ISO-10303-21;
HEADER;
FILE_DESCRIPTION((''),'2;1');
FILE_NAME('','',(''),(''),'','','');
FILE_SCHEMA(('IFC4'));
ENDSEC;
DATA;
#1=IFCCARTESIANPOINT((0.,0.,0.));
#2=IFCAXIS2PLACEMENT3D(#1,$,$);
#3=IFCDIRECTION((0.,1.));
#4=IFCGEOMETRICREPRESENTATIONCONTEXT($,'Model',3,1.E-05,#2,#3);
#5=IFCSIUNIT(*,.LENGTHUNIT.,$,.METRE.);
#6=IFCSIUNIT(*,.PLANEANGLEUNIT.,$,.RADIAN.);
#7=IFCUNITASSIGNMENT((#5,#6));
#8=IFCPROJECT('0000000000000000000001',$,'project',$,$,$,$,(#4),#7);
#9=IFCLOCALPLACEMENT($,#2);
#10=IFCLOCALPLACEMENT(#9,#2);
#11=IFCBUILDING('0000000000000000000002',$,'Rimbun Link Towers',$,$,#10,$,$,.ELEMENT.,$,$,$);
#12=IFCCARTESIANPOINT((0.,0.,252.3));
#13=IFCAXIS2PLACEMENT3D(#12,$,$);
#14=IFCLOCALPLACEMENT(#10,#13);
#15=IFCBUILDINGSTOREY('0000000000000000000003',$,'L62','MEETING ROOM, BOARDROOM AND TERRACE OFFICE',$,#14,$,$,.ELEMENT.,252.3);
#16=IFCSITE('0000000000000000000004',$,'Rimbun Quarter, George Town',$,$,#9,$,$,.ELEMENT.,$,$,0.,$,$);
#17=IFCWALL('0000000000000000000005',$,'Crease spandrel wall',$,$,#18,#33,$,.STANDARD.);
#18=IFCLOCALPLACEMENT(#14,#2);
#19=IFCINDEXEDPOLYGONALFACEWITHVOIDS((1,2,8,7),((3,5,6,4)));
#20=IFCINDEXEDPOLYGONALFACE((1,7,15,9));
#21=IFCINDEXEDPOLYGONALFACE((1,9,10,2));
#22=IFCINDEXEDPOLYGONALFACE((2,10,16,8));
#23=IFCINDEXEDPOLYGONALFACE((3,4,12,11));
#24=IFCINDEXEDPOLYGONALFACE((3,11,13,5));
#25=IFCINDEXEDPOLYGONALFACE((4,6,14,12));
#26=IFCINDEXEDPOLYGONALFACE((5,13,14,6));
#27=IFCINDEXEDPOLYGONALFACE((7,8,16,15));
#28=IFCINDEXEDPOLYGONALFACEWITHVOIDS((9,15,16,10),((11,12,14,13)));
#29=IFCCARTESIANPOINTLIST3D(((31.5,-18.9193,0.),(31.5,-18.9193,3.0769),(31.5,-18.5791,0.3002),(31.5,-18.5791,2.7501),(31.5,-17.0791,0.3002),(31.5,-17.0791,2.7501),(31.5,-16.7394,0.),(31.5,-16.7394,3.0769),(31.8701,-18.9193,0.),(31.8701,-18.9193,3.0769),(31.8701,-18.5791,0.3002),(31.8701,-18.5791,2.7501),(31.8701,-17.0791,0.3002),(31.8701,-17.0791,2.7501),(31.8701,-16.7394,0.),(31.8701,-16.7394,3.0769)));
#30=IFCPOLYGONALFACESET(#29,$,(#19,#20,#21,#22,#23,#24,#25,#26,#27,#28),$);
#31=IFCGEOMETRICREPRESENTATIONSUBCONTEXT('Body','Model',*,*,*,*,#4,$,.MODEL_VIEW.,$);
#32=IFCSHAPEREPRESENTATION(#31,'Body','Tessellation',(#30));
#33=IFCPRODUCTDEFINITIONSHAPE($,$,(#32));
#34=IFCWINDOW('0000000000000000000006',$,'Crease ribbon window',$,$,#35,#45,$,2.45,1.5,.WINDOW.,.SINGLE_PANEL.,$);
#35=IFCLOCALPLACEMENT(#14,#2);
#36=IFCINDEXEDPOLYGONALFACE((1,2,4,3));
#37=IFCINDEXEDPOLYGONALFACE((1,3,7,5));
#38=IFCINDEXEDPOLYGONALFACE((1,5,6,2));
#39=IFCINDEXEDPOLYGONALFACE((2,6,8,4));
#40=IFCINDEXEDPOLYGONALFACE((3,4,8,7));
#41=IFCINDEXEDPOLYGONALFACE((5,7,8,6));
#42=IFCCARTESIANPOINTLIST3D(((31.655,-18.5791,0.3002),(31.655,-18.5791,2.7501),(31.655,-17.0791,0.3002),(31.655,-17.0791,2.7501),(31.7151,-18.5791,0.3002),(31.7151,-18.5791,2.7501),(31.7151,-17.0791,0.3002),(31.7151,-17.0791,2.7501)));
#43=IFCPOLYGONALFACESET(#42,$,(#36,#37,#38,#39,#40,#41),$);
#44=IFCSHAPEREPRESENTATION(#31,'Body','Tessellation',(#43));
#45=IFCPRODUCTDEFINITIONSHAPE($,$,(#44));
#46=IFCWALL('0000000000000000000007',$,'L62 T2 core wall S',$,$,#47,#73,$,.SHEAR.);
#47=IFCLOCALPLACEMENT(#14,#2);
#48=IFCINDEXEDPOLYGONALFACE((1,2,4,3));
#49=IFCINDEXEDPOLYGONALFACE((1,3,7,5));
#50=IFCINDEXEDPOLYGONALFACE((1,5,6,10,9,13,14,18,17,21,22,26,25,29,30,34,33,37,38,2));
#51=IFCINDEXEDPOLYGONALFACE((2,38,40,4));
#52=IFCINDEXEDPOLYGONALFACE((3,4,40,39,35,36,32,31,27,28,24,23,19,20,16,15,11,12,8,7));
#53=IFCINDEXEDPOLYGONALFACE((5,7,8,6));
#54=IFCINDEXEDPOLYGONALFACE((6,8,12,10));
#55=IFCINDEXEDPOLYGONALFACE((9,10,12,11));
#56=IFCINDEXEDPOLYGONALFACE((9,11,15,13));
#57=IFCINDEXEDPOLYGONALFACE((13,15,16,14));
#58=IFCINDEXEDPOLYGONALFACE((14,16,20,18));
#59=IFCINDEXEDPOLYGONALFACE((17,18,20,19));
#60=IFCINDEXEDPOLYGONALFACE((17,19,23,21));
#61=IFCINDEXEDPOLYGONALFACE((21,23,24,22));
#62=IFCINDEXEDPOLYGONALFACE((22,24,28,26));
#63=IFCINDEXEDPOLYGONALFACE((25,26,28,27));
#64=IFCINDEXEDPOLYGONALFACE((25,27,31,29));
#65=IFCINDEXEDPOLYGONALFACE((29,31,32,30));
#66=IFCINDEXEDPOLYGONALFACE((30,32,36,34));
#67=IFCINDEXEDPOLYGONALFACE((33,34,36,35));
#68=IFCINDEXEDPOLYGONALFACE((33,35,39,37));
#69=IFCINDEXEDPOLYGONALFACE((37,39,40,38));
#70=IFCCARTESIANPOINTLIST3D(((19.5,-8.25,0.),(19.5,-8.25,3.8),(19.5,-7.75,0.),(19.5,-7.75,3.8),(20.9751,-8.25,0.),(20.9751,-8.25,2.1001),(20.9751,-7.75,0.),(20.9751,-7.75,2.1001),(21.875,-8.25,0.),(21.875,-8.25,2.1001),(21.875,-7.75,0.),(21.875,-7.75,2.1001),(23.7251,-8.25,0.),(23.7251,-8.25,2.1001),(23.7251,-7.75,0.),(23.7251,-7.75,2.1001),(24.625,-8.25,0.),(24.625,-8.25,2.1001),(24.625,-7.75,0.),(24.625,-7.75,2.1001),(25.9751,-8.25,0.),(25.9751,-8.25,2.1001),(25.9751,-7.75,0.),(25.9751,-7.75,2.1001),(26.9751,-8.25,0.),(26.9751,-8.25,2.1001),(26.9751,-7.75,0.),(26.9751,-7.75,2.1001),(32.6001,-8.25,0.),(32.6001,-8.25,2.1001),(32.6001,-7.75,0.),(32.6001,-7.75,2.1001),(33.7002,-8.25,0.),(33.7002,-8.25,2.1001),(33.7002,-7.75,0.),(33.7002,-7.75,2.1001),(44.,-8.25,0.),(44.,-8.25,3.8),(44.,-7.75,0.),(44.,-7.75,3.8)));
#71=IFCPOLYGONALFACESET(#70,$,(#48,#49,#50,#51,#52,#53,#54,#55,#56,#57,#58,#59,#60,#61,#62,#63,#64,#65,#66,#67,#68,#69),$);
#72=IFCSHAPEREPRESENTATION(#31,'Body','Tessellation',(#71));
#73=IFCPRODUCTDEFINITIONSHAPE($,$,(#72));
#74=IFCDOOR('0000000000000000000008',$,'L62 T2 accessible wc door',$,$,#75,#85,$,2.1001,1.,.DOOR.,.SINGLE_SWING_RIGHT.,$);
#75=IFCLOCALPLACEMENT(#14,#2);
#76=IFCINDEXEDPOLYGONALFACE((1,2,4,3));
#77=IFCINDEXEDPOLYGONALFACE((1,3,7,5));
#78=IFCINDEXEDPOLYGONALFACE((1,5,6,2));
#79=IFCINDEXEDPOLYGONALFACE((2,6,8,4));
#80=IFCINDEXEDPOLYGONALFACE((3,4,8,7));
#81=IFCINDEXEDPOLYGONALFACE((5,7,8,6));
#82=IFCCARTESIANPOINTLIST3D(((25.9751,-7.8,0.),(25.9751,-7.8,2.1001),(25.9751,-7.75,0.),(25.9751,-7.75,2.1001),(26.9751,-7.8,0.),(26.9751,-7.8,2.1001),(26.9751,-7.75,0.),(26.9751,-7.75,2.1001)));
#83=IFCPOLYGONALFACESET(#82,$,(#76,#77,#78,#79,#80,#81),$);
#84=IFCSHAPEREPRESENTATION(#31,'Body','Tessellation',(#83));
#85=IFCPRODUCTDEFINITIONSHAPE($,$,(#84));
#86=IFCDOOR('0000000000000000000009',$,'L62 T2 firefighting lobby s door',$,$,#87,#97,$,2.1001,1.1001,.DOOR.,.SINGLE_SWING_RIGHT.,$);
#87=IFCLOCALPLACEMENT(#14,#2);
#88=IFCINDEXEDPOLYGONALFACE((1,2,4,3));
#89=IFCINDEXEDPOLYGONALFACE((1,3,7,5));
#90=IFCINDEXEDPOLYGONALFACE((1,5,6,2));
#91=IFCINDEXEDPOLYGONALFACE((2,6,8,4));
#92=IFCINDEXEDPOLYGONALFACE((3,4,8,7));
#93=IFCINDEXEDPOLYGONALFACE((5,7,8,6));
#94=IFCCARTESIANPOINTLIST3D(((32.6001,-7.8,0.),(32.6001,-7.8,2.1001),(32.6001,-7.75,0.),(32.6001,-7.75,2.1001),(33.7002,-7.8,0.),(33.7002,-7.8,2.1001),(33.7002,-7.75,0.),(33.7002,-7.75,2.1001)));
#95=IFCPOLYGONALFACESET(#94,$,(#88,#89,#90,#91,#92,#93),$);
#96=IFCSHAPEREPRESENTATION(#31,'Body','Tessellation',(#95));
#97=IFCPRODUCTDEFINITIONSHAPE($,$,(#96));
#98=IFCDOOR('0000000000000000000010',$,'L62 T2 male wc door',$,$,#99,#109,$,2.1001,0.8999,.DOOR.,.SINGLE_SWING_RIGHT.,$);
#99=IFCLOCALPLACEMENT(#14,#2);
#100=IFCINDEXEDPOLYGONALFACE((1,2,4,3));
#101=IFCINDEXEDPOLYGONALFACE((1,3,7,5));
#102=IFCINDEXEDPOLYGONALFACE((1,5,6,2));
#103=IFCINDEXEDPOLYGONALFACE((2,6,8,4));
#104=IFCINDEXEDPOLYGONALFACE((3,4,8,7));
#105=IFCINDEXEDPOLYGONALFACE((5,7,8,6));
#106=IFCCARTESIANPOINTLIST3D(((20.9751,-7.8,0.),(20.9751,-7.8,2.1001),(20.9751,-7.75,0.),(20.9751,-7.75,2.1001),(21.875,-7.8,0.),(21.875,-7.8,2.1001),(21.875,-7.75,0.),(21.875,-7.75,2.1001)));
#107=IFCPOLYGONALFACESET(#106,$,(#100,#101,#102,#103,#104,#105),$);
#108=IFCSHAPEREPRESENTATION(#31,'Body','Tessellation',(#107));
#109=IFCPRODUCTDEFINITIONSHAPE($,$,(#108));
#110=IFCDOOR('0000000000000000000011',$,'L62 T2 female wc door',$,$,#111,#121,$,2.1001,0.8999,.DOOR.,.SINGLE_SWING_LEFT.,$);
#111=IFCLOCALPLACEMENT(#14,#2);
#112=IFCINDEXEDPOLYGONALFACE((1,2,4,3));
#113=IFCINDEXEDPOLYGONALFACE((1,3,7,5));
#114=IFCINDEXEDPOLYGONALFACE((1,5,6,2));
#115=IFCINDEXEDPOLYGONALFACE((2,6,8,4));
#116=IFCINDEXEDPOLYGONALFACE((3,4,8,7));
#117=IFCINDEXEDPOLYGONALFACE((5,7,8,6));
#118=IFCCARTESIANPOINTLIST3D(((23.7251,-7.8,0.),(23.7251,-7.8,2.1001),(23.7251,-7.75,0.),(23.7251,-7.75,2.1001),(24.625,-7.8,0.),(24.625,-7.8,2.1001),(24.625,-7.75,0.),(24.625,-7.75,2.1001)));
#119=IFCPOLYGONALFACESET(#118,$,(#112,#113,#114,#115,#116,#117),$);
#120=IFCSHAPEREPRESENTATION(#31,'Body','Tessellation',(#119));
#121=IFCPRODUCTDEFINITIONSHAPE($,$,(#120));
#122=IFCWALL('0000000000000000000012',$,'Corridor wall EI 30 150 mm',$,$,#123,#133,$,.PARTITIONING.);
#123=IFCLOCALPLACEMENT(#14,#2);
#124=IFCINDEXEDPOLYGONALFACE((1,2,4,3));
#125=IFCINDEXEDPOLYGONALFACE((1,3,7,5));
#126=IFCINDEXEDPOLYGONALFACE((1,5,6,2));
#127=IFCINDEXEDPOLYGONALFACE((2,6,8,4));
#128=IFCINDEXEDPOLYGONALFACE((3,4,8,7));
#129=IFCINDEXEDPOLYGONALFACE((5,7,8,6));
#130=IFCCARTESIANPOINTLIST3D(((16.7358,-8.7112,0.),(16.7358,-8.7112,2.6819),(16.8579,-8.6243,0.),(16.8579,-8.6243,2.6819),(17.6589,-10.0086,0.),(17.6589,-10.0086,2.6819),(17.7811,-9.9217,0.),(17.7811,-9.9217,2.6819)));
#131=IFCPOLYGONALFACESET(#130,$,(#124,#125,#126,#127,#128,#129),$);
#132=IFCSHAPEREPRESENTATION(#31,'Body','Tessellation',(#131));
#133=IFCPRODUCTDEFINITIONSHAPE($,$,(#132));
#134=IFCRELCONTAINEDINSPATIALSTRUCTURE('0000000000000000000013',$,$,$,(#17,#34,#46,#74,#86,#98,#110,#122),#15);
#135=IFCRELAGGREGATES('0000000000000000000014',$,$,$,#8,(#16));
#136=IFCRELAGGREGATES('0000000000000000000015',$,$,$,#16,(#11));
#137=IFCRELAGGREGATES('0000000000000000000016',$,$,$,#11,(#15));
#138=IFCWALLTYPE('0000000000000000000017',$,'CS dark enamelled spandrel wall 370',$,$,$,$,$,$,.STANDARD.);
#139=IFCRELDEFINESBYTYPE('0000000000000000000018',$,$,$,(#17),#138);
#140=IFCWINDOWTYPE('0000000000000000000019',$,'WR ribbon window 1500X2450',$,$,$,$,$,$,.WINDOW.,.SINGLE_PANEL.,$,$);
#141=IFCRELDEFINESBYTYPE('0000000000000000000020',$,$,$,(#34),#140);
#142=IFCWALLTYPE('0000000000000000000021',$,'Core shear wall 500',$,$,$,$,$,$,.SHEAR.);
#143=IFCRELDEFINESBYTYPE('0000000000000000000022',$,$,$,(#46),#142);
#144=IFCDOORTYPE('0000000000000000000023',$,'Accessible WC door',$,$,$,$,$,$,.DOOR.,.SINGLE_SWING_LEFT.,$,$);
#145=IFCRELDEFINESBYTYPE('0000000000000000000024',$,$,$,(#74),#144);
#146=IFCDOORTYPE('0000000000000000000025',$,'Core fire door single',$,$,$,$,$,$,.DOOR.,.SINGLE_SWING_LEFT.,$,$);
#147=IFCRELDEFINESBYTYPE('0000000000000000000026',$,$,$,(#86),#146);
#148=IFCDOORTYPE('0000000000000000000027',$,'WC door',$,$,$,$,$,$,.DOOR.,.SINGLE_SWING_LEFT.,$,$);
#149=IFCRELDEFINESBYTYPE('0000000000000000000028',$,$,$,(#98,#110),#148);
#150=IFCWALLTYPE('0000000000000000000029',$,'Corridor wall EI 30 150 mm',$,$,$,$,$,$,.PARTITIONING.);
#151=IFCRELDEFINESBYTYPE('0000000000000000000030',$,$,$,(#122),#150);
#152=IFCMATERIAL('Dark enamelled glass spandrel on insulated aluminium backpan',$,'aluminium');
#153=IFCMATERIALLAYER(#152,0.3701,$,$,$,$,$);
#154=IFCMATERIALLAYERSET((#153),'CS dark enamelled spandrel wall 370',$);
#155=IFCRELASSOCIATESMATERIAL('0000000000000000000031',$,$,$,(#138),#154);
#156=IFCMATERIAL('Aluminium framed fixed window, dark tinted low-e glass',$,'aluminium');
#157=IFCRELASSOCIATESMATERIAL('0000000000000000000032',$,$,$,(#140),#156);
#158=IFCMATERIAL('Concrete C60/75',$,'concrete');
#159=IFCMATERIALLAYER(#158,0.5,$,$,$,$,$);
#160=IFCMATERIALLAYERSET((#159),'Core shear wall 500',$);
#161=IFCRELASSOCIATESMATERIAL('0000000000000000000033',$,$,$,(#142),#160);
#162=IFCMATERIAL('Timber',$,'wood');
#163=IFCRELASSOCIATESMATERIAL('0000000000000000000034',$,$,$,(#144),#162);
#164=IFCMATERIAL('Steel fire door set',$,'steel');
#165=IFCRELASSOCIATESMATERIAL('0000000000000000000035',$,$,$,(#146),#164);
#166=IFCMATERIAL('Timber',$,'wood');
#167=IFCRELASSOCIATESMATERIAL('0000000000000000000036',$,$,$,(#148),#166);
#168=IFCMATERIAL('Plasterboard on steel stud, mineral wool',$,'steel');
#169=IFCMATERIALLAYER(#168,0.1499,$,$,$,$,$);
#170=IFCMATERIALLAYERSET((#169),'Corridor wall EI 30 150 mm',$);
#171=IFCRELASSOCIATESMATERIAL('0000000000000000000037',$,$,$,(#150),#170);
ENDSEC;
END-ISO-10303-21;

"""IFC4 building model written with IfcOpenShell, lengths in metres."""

from ifc_helpers import new_model, si_unit, direction, frame, frame_2d, origin, place, context, subcontext, project, spatial, rectangle, extrude, material, layer, layer_set, type_object, element, fill, save


model = new_model("IFC4")

# Units and contexts
model_context = context("Model", 3, precision=1e-05, world=origin(), true_north=direction((0.0, 1.0)))
body_context = subcontext(model_context, "Body", "Model", "MODEL_VIEW")
ifc_project = project(units=[si_unit("LENGTHUNIT", "METRE"), si_unit("PLANEANGLEUNIT", "RADIAN")], contexts=[model_context])

# Site, building, storey
site_placement = place(None, origin())
site = spatial("IfcSite", under=ifc_project, at=site_placement, Name="Rimbun Quarter, George Town", CompositionType="ELEMENT", RefElevation=0.0)
building_placement = place(site_placement, origin())
building = spatial("IfcBuilding", under=site, at=building_placement, Name="Rimbun Link Towers", CompositionType="ELEMENT")
storey_placement = place(building_placement, frame((0.0, 0.0, 252.3)))
storey = spatial("IfcBuildingStorey", under=building, at=storey_placement, Name="L62", Description="MEETING ROOM, BOARDROOM AND TERRACE OFFICE", CompositionType="ELEMENT", Elevation=252.3)

# Wall, opening, window
ifc_material_1 = material(Name="Dark enamelled glass spandrel on insulated aluminium backpan", Category="aluminium")
ifc_layer_1 = layer(ifc_material_1, 0.3701)
ifc_layer_set_1 = layer_set([ifc_layer_1], Name="CS dark enamelled spandrel wall 370")
wall_type_1 = type_object("IfcWallType", Name="CS dark enamelled spandrel wall 370", PredefinedType="STANDARD", material=ifc_layer_set_1)
wall_1_placement = place(storey_placement, frame((31.6851, -18.9192, 0.0), z_axis=(0.0, 0.0, 1.0), x_axis=(0.0, 1.0, 0.0)))
wall_1 = element("IfcWall", 1, at=wall_1_placement, inside=storey, type_object=wall_type_1, Name="Crease spandrel wall", PredefinedType="STANDARD", context=body_context, shape_type="SweptSolid", body=[
    extrude(rectangle(XDim=2.1799, YDim=0.3701, at=frame_2d((1.0898, 0.0))), origin(), (0.0, 0.0, 1.0), 3.0769),
])
opening_1_placement = place(wall_1_placement, frame((0.3401, 0.0, 0.3)))
opening_1 = element("IfcOpeningElement", 2, at=opening_1_placement, cuts=wall_1, PredefinedType="OPENING", context=body_context, shape_type="SweptSolid", body=[
    extrude(rectangle(XDim=1.5, YDim=2.45, at=frame_2d((0.75, 1.2251))), frame((0.0, 0.1951, 0.0), z_axis=(0.0, -1.0, 0.0), x_axis=(1.0, 0.0, 0.0)), (0.0, 0.0, 1.0), 0.3901),
])
ifc_material_2 = material(Name="Aluminium framed fixed window, dark tinted low-e glass", Category="aluminium")
window_type_1 = type_object("IfcWindowType", Name="WR ribbon window 1500X2450", PartitioningType="SINGLE_PANEL", PredefinedType="WINDOW", material=ifc_material_2)
window_1_placement = place(opening_1_placement, origin())
window_1 = element("IfcWindow", 3, at=window_1_placement, inside=storey, type_object=window_type_1, Name="Crease ribbon window", OverallHeight=2.45, OverallWidth=1.5, PartitioningType="SINGLE_PANEL", PredefinedType="WINDOW", context=body_context, shape_type="SweptSolid", body=[
    extrude(rectangle(XDim=1.5, YDim=2.45, at=frame_2d((0.75, 1.2251))), frame((0.0, 0.03, 0.0), z_axis=(0.0, -1.0, 0.0), x_axis=(1.0, 0.0, 0.0)), (0.0, 0.0, 1.0), 0.0601),
])
fill(opening_1, window_1)

# Wall, openings, doors
ifc_material_3 = material(Name="Concrete C60/75", Category="concrete")
ifc_layer_2 = layer(ifc_material_3, 0.5)
ifc_layer_set_2 = layer_set([ifc_layer_2], Name="Core shear wall 500")
wall_type_2 = type_object("IfcWallType", Name="Core shear wall 500", PredefinedType="SHEAR", material=ifc_layer_set_2)
wall_2_placement = place(storey_placement, frame((19.5, -8.0, 0.0), z_axis=(0.0, 0.0, 1.0), x_axis=(1.0, 0.0, 0.0)))
wall_2 = element("IfcWall", 4, at=wall_2_placement, inside=storey, type_object=wall_type_2, Name="L62 T2 core wall S", PredefinedType="SHEAR", context=body_context, shape_type="SweptSolid", body=[
    extrude(rectangle(XDim=24.5, YDim=0.5, at=frame_2d((12.25, 0.0))), origin(), (0.0, 0.0, 1.0), 3.8),
])
opening_2_placement = place(wall_2_placement, frame((13.1001, 0.0, 0.0)))
opening_2 = element("IfcOpeningElement", 5, at=opening_2_placement, cuts=wall_2, PredefinedType="OPENING", context=body_context, shape_type="SweptSolid", body=[
    extrude(rectangle(XDim=1.1001, YDim=2.1001, at=frame_2d((0.55, 1.05))), frame((0.0, 0.26, 0.0), z_axis=(0.0, -1.0, 0.0), x_axis=(1.0, 0.0, 0.0)), (0.0, 0.0, 1.0), 0.52),
])
opening_3_placement = place(wall_2_placement, frame((1.4751, 0.0, 0.0)))
opening_3 = element("IfcOpeningElement", 6, at=opening_3_placement, cuts=wall_2, PredefinedType="OPENING", context=body_context, shape_type="SweptSolid", body=[
    extrude(rectangle(XDim=0.8999, YDim=2.1001, at=frame_2d((0.45, 1.05))), frame((0.0, 0.26, 0.0), z_axis=(0.0, -1.0, 0.0), x_axis=(1.0, 0.0, 0.0)), (0.0, 0.0, 1.0), 0.52),
])
opening_4_placement = place(wall_2_placement, frame((4.2251, 0.0, 0.0)))
opening_4 = element("IfcOpeningElement", 7, at=opening_4_placement, cuts=wall_2, PredefinedType="OPENING", context=body_context, shape_type="SweptSolid", body=[
    extrude(rectangle(XDim=0.8999, YDim=2.1001, at=frame_2d((0.45, 1.05))), frame((0.0, 0.26, 0.0), z_axis=(0.0, -1.0, 0.0), x_axis=(1.0, 0.0, 0.0)), (0.0, 0.0, 1.0), 0.52),
])
opening_5_placement = place(wall_2_placement, frame((6.4751, 0.0, 0.0)))
opening_5 = element("IfcOpeningElement", 8, at=opening_5_placement, cuts=wall_2, PredefinedType="OPENING", context=body_context, shape_type="SweptSolid", body=[
    extrude(rectangle(XDim=1.0, YDim=2.1001, at=frame_2d((0.5, 1.05))), frame((0.0, 0.26, 0.0), z_axis=(0.0, -1.0, 0.0), x_axis=(1.0, 0.0, 0.0)), (0.0, 0.0, 1.0), 0.52),
])
ifc_material_4 = material(Name="Timber", Category="wood")
door_type_1 = type_object("IfcDoorType", Name="Accessible WC door", OperationType="SINGLE_SWING_LEFT", PredefinedType="DOOR", material=ifc_material_4)
door_1_placement = place(opening_5_placement, origin())
door_1 = element("IfcDoor", 9, at=door_1_placement, inside=storey, type_object=door_type_1, Name="L62 T2 accessible wc door", OperationType="SINGLE_SWING_RIGHT", OverallHeight=2.1001, OverallWidth=1.0, PredefinedType="DOOR", context=body_context, shape_type="SweptSolid", body=[
    extrude(rectangle(XDim=1.0, YDim=2.1001, at=frame_2d((0.5, 1.05))), frame((0.0, 0.25, 0.0), z_axis=(0.0, -1.0, 0.0), x_axis=(1.0, 0.0, 0.0)), (0.0, 0.0, 1.0), 0.05),
])
fill(opening_5, door_1)
ifc_material_5 = material(Name="Steel fire door set", Category="steel")
door_type_2 = type_object("IfcDoorType", Name="Core fire door single", OperationType="SINGLE_SWING_LEFT", PredefinedType="DOOR", material=ifc_material_5)
door_2_placement = place(opening_2_placement, origin())
door_2 = element("IfcDoor", 10, at=door_2_placement, inside=storey, type_object=door_type_2, Name="L62 T2 firefighting lobby s door", OperationType="SINGLE_SWING_RIGHT", OverallHeight=2.1001, OverallWidth=1.1001, PredefinedType="DOOR", context=body_context, shape_type="SweptSolid", body=[
    extrude(rectangle(XDim=1.1001, YDim=2.1001, at=frame_2d((0.55, 1.05))), frame((0.0, 0.25, 0.0), z_axis=(0.0, -1.0, 0.0), x_axis=(1.0, 0.0, 0.0)), (0.0, 0.0, 1.0), 0.05),
])
fill(opening_2, door_2)
ifc_material_6 = material(Name="Timber", Category="wood")
door_type_3 = type_object("IfcDoorType", Name="WC door", OperationType="SINGLE_SWING_LEFT", PredefinedType="DOOR", material=ifc_material_6)
door_3_placement = place(opening_3_placement, origin())
door_3 = element("IfcDoor", 11, at=door_3_placement, inside=storey, type_object=door_type_3, Name="L62 T2 male wc door", OperationType="SINGLE_SWING_RIGHT", OverallHeight=2.1001, OverallWidth=0.8999, PredefinedType="DOOR", context=body_context, shape_type="SweptSolid", body=[
    extrude(rectangle(XDim=0.8999, YDim=2.1001, at=frame_2d((0.45, 1.05))), frame((0.0, 0.25, 0.0), z_axis=(0.0, -1.0, 0.0), x_axis=(1.0, 0.0, 0.0)), (0.0, 0.0, 1.0), 0.05),
])
fill(opening_3, door_3)
door_4_placement = place(opening_4_placement, origin())
door_4 = element("IfcDoor", 12, at=door_4_placement, inside=storey, type_object=door_type_3, Name="L62 T2 female wc door", OperationType="SINGLE_SWING_LEFT", OverallHeight=2.1001, OverallWidth=0.8999, PredefinedType="DOOR", context=body_context, shape_type="SweptSolid", body=[
    extrude(rectangle(XDim=0.8999, YDim=2.1001, at=frame_2d((0.45, 1.05))), frame((0.0, 0.25, 0.0), z_axis=(0.0, -1.0, 0.0), x_axis=(1.0, 0.0, 0.0)), (0.0, 0.0, 1.0), 0.05),
])
fill(opening_4, door_4)

# Wall
ifc_material_7 = material(Name="Plasterboard on steel stud, mineral wool", Category="steel")
ifc_layer_3 = layer(ifc_material_7, 0.1499)
ifc_layer_set_3 = layer_set([ifc_layer_3], Name="Corridor wall EI 30 150 mm")
wall_type_3 = type_object("IfcWallType", Name="Corridor wall EI 30 150 mm", PredefinedType="PARTITIONING", material=ifc_layer_set_3)
wall_3_placement = place(storey_placement, frame((16.7969, -8.6677, 0.0), z_axis=(0.0, 0.0, 1.0), x_axis=(0.579743, -0.814799, 0.0)))
element("IfcWall", 13, at=wall_3_placement, inside=storey, type_object=wall_type_3, Name="Corridor wall EI 30 150 mm", PredefinedType="PARTITIONING", context=body_context, shape_type="SweptSolid", body=[
    extrude(rectangle(XDim=1.5923, YDim=0.1499, at=frame_2d((0.7961, 0.0))), origin(), (0.0, 0.0, 1.0), 2.6819),
])

save(model, "model.ifc")
